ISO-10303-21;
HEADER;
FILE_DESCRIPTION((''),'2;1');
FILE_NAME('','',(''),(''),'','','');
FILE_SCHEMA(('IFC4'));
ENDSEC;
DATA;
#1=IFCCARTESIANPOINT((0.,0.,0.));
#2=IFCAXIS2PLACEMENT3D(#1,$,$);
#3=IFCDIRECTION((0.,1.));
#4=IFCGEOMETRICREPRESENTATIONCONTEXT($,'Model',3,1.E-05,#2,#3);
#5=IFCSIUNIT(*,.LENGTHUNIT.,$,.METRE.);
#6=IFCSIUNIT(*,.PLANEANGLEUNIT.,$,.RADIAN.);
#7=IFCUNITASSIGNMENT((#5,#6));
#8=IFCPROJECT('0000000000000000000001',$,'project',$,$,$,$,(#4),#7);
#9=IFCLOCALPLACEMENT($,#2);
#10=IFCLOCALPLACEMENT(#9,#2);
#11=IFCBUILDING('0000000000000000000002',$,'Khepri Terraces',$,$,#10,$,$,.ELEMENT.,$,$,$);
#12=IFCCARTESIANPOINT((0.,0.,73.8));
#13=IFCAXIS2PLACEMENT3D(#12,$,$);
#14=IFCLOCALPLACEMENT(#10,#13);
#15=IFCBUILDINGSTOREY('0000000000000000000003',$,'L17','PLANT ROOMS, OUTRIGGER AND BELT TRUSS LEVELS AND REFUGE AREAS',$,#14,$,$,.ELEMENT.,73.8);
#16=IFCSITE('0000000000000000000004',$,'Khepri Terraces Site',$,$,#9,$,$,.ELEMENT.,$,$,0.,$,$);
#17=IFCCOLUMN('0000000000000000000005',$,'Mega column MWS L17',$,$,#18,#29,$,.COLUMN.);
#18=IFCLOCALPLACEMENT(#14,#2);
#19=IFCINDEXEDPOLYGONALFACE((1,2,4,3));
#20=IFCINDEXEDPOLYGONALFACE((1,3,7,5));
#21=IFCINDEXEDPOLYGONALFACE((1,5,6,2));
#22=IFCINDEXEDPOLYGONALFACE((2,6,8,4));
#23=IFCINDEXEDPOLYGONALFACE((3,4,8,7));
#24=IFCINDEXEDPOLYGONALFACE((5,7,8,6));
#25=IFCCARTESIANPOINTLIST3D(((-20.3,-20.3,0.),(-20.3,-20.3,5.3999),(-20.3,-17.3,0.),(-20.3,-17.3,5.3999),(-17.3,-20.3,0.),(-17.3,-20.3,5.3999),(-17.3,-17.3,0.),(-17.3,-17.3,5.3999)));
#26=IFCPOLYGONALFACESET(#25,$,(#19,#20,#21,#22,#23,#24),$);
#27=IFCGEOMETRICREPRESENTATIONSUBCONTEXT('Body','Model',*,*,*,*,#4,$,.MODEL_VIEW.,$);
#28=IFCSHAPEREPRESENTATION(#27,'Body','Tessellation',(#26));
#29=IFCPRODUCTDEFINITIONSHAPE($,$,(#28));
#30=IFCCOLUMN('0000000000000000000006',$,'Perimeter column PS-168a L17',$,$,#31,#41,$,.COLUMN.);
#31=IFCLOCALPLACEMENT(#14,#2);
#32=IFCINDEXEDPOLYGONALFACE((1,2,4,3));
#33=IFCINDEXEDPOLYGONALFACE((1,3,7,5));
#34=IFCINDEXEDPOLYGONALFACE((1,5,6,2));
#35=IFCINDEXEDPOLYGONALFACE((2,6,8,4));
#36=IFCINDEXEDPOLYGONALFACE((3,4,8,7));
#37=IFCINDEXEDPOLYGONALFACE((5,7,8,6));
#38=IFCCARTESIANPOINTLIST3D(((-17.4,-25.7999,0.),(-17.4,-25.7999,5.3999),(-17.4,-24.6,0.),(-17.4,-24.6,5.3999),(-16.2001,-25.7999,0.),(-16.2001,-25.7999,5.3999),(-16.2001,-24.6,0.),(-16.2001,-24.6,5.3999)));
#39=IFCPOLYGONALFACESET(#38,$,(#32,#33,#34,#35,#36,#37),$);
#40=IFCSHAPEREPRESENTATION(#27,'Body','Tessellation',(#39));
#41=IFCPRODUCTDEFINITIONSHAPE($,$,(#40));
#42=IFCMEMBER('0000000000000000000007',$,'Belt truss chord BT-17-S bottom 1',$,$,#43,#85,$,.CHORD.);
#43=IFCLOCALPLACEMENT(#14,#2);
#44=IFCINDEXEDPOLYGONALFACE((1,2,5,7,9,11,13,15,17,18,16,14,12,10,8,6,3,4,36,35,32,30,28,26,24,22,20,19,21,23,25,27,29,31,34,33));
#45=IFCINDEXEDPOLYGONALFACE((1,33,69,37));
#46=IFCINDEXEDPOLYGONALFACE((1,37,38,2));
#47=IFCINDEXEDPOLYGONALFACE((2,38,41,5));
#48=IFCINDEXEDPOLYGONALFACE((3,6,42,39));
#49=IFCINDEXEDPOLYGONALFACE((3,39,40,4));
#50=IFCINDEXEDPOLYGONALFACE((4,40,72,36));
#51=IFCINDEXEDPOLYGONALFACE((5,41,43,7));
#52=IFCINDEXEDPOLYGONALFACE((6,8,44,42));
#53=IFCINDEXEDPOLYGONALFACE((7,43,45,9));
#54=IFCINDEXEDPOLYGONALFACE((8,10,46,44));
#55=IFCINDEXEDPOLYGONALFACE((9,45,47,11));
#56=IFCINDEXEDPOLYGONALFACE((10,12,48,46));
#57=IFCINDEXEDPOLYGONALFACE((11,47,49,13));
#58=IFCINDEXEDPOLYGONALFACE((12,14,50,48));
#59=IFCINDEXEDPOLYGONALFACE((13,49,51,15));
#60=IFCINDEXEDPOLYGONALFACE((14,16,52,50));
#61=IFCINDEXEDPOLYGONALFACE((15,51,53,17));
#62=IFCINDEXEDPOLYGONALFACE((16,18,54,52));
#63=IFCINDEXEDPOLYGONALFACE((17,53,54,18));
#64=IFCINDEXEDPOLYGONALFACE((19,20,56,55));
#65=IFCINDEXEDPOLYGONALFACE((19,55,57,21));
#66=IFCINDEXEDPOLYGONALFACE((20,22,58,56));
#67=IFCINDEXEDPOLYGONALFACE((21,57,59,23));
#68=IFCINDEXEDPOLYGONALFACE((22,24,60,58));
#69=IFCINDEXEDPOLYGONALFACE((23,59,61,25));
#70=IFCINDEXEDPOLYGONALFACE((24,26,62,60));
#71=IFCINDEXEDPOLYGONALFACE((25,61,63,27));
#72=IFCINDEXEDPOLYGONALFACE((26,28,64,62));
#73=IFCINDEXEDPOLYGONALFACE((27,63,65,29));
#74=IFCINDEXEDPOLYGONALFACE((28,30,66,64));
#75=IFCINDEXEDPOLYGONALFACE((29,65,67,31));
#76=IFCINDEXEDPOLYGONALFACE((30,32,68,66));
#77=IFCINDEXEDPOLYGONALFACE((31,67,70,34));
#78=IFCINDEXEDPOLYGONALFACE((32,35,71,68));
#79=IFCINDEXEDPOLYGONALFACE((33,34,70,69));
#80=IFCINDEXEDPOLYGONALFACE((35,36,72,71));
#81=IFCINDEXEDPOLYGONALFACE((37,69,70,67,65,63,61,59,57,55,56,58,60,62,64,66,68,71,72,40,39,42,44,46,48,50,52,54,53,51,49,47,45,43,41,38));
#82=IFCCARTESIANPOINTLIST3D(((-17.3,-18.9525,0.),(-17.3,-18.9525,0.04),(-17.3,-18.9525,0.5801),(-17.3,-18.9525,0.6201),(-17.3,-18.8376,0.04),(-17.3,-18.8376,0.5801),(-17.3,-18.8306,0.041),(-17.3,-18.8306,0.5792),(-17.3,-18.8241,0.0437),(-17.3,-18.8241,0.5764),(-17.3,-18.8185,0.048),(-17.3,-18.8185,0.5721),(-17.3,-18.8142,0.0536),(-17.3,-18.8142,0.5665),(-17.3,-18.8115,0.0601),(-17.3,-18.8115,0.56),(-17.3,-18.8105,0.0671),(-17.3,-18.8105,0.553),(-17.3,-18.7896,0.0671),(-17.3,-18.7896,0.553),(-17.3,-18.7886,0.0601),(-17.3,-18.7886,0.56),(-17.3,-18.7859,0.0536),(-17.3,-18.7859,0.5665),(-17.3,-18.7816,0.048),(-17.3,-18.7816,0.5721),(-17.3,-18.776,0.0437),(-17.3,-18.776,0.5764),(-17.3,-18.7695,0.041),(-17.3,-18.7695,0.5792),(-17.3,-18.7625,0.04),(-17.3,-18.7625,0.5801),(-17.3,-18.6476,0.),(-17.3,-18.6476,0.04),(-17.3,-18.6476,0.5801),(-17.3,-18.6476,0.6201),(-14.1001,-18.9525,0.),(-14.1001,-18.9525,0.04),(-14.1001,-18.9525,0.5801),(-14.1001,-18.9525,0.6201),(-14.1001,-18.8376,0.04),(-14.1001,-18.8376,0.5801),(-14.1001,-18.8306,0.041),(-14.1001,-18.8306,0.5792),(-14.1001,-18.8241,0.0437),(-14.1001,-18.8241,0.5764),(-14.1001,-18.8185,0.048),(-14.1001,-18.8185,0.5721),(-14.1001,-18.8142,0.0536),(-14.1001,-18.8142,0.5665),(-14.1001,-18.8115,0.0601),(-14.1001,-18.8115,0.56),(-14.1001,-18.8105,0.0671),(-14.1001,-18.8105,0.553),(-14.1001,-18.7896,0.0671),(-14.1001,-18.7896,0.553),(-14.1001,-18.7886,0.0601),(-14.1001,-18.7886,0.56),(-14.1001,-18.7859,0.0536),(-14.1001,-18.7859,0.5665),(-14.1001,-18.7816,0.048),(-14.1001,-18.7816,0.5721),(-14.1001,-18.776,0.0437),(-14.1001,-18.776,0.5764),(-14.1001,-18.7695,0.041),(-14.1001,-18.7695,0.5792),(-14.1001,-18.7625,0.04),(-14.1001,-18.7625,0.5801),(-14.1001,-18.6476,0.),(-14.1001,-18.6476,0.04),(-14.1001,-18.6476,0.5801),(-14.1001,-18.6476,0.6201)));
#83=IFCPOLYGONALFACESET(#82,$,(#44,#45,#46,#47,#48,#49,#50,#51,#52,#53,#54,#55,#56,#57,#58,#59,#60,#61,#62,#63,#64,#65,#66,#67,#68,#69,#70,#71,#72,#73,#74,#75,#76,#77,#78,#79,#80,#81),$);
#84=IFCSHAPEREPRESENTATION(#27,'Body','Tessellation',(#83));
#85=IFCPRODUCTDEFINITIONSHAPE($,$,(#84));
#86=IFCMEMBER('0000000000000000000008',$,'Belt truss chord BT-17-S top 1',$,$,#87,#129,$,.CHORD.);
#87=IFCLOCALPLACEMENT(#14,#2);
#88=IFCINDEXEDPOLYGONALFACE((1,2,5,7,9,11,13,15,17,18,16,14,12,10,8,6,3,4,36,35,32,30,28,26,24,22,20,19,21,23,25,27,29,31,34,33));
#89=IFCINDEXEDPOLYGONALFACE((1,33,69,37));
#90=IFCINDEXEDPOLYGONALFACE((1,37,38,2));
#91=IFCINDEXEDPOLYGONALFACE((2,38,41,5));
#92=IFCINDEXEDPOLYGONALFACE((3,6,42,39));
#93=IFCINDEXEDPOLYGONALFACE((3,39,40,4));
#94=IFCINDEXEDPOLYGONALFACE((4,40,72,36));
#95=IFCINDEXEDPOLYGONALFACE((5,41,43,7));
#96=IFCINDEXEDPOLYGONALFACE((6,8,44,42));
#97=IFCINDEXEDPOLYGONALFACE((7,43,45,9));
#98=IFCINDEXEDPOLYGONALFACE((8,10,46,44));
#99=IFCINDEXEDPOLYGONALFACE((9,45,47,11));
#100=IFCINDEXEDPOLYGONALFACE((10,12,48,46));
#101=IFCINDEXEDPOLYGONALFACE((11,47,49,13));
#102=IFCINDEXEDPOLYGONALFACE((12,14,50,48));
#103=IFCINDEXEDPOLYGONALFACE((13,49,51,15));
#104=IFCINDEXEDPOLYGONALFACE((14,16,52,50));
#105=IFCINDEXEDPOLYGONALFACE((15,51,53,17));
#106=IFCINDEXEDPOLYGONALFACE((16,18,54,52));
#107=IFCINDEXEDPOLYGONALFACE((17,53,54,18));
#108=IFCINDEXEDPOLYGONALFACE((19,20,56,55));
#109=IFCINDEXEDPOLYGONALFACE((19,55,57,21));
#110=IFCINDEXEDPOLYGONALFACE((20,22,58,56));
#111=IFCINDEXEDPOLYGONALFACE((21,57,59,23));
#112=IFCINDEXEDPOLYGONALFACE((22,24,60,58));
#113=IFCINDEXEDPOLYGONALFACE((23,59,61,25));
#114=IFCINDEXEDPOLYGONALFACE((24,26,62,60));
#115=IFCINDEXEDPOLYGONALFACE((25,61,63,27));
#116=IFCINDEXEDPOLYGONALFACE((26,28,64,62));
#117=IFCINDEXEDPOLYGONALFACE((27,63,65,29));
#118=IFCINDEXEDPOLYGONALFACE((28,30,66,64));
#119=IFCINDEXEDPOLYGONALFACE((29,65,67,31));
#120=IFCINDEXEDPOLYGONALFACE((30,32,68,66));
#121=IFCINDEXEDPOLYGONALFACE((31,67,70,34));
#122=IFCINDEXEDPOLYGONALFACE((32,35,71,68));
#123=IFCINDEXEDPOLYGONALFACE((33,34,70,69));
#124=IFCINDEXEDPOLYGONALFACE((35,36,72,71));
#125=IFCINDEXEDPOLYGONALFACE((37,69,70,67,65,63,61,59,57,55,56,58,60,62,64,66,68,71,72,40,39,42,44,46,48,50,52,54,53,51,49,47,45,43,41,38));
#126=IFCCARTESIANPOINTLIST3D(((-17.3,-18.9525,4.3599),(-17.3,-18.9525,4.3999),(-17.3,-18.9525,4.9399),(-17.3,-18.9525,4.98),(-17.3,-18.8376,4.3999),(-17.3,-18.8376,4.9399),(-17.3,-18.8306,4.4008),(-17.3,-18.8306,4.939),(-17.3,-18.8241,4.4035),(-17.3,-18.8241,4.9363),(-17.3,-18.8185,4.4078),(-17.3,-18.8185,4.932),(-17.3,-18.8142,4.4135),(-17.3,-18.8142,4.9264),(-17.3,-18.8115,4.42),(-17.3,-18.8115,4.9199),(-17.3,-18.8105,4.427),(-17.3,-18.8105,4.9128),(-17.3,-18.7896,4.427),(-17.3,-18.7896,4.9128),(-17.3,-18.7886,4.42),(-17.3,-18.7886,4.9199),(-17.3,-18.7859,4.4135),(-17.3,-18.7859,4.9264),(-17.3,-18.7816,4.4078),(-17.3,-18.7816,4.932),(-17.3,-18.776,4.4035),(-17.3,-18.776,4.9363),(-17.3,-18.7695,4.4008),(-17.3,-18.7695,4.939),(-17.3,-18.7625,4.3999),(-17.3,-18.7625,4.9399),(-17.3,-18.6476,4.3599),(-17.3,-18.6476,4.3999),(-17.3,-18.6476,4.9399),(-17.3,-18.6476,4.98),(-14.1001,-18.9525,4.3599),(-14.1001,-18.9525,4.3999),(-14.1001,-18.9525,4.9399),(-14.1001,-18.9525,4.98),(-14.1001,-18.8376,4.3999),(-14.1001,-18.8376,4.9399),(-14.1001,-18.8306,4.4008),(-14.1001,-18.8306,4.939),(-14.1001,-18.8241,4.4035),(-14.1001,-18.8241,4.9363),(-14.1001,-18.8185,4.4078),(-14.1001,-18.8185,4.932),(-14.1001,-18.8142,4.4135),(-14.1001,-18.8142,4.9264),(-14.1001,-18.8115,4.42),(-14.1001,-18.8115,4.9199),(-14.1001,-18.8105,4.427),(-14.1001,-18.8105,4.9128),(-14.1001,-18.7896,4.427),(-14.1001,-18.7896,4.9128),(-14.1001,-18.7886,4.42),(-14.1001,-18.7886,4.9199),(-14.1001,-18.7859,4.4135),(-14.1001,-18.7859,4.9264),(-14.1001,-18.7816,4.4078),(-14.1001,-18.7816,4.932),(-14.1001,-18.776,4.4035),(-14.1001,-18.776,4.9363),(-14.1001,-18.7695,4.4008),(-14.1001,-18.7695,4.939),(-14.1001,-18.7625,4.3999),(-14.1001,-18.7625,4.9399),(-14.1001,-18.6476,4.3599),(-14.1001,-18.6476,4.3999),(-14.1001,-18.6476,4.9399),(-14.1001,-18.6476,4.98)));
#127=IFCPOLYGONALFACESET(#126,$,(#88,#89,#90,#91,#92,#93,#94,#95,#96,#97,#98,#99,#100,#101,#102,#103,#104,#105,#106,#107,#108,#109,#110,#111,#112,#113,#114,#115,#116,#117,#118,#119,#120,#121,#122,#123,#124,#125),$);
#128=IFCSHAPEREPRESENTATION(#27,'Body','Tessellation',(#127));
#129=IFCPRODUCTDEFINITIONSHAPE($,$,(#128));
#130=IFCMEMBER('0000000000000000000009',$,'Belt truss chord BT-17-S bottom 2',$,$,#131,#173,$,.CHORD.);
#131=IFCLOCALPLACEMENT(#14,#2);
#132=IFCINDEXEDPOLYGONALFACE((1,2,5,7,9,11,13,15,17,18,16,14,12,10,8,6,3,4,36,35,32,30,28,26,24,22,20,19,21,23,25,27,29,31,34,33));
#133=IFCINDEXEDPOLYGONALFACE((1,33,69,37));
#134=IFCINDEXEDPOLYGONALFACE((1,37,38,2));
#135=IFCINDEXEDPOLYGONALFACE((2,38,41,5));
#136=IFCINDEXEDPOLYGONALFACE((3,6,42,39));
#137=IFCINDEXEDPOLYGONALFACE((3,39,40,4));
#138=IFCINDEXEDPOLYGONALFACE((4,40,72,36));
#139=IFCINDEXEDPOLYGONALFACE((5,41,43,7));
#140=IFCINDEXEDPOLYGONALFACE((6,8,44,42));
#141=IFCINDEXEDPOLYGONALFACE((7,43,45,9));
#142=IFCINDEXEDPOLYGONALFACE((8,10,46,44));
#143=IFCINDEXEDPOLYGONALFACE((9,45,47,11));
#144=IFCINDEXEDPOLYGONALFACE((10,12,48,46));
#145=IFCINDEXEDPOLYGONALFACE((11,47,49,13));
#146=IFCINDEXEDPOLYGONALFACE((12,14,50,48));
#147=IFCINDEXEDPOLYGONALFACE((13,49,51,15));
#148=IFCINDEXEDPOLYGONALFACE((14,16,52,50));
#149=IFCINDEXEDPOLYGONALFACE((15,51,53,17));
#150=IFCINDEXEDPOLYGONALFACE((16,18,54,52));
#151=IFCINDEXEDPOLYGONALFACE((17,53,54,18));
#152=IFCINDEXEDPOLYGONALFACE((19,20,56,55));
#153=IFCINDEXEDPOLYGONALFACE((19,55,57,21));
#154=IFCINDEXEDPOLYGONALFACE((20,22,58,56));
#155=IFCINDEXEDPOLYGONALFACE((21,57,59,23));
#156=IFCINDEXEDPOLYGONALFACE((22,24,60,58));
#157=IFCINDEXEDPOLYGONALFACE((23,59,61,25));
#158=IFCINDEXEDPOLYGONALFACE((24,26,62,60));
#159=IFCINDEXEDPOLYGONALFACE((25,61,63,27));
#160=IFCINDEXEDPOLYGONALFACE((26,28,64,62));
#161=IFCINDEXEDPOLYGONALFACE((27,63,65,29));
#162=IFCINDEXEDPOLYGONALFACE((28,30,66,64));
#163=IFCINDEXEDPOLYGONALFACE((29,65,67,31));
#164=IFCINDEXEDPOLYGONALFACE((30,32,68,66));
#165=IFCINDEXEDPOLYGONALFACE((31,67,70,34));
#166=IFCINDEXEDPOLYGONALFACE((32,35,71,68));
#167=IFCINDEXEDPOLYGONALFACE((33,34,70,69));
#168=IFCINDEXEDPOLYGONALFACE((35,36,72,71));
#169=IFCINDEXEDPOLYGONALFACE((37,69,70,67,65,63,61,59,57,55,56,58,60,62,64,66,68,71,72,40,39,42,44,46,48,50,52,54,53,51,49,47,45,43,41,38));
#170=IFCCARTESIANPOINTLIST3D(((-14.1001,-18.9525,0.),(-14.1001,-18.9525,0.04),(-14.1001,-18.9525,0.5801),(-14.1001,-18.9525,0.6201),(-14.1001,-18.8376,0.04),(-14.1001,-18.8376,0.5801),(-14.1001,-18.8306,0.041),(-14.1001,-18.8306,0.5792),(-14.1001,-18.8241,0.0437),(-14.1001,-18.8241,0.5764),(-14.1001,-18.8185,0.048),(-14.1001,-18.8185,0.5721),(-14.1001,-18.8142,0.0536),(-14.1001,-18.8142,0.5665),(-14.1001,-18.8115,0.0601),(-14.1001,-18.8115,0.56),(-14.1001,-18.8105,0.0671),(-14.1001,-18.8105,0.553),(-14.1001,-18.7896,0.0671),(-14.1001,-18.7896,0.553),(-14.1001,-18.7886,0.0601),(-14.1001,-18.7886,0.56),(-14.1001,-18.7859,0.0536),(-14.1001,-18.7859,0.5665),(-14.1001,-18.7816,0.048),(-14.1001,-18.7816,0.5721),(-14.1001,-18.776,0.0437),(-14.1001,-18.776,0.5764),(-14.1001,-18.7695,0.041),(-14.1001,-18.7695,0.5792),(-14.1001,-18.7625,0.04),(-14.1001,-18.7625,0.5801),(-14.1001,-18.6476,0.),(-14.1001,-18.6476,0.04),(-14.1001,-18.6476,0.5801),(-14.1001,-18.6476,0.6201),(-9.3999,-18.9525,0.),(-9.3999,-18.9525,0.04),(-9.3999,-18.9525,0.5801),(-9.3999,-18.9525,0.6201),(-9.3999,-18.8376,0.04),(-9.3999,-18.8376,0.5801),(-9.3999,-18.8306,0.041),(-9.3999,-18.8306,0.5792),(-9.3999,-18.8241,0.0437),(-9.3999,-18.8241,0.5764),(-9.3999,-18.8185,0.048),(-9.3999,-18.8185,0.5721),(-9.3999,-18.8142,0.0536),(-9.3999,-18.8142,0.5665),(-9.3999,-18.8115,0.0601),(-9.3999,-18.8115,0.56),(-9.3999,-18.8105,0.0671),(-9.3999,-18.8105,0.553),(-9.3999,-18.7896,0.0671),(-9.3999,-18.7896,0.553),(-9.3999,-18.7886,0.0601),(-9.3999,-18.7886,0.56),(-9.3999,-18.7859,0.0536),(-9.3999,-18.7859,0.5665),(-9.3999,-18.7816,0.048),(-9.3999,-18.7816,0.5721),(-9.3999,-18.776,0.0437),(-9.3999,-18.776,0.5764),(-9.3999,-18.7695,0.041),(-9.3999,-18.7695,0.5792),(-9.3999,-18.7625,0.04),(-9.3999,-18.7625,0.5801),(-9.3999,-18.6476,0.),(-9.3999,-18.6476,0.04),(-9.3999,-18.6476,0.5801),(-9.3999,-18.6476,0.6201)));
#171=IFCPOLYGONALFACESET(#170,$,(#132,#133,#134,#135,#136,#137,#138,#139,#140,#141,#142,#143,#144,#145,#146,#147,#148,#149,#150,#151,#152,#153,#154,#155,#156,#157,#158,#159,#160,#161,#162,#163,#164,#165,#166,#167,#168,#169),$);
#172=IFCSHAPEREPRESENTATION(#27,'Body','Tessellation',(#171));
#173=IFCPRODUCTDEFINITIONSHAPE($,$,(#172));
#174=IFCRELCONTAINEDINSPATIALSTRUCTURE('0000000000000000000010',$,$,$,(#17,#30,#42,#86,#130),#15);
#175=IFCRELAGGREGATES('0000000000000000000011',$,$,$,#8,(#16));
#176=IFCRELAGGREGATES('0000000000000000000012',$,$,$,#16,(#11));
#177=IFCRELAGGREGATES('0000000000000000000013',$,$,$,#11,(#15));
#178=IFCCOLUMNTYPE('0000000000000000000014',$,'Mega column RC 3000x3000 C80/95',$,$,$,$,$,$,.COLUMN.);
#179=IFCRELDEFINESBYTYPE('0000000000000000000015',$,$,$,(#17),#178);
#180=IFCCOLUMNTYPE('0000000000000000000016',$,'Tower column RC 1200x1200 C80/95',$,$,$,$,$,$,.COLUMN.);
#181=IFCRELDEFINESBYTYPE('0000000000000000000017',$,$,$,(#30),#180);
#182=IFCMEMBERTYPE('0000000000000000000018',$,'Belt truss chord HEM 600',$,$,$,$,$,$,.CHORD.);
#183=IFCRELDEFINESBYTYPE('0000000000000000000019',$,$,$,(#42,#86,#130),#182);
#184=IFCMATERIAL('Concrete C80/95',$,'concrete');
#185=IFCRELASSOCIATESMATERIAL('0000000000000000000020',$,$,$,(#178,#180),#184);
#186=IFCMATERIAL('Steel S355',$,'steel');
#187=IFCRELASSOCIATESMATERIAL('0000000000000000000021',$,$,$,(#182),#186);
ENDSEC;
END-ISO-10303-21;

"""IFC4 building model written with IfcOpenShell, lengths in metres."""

from ifc_helpers import new_model, si_unit, direction, frame, origin, origin_2d, place, context, subcontext, project, spatial, rectangle, i_section, extrude, material, material_profile, profile_set, type_object, element, save


model = new_model("IFC4")

# Units and contexts
model_context = context("Model", 3, precision=1e-05, world=origin(), true_north=direction((0.0, 1.0)))
body_context = subcontext(model_context, "Body", "Model", "MODEL_VIEW")
ifc_project = project(units=[si_unit("LENGTHUNIT", "METRE"), si_unit("PLANEANGLEUNIT", "RADIAN")], contexts=[model_context])

# Site, building, storey
site_placement = place(None, origin())
site = spatial("IfcSite", under=ifc_project, at=site_placement, Name="Khepri Terraces Site", CompositionType="ELEMENT", RefElevation=0.0)
building_placement = place(site_placement, origin())
building = spatial("IfcBuilding", under=site, at=building_placement, Name="Khepri Terraces", CompositionType="ELEMENT")
storey_placement = place(building_placement, frame((0.0, 0.0, 73.8)))
storey = spatial("IfcBuildingStorey", under=building, at=storey_placement, Name="L17", Description="PLANT ROOMS, OUTRIGGER AND BELT TRUSS LEVELS AND REFUGE AREAS", CompositionType="ELEMENT", Elevation=73.8)

# Columns
ifc_material_1 = material(Name="Concrete C80/95", Category="concrete")
ifc_material_profile_1 = material_profile(ifc_material_1, rectangle(XDim=3.0, YDim=3.0, at=origin_2d()), Name="Concrete C80/95", Category="concrete")
ifc_profile_set_1 = profile_set([ifc_material_profile_1], Name="Concrete C80/95")
column_type_1 = type_object("IfcColumnType", Name="Mega column RC 3000x3000 C80/95", PredefinedType="COLUMN", material=ifc_profile_set_1)
column_1_placement = place(storey_placement, frame((-18.8, -18.8, 0.0), z_axis=(0.0, 0.0, 1.0), x_axis=(1.0, 0.0, 0.0)))
element("IfcColumn", 1, at=column_1_placement, inside=storey, type_object=column_type_1, Name="Mega column MWS L17", PredefinedType="COLUMN", context=body_context, shape_type="SweptSolid", body=[
    extrude(rectangle(XDim=3.0, YDim=3.0, at=origin_2d()), origin(), (0.0, 0.0, 1.0), 5.3999),
])
ifc_material_profile_2 = material_profile(ifc_material_1, rectangle(XDim=1.2, YDim=1.2, at=origin_2d()), Name="Concrete C80/95", Category="concrete")
ifc_profile_set_2 = profile_set([ifc_material_profile_2], Name="Concrete C80/95")
column_type_2 = type_object("IfcColumnType", Name="Tower column RC 1200x1200 C80/95", PredefinedType="COLUMN", material=ifc_profile_set_2)
column_2_placement = place(storey_placement, frame((-16.8, -25.2, 0.0), z_axis=(0.0, 0.0, 1.0), x_axis=(1.0, 0.0, 0.0)))
element("IfcColumn", 2, at=column_2_placement, inside=storey, type_object=column_type_2, Name="Perimeter column PS-168a L17", PredefinedType="COLUMN", context=body_context, shape_type="SweptSolid", body=[
    extrude(rectangle(XDim=1.2, YDim=1.2, at=origin_2d()), origin(), (0.0, 0.0, 1.0), 5.3999),
])

# Members
ifc_material_2 = material(Name="Steel S355", Category="steel")
ifc_material_profile_3 = material_profile(ifc_material_2, i_section(OverallWidth=0.3049, OverallDepth=0.6201, WebThickness=0.021, FlangeThickness=0.04, FilletRadius=0.0271, at=origin_2d()), Name="Steel S355", Category="steel")
ifc_profile_set_3 = profile_set([ifc_material_profile_3], Name="Steel S355")
member_type_1 = type_object("IfcMemberType", Name="Belt truss chord HEM 600", PredefinedType="CHORD", material=ifc_profile_set_3)
for number, where, z_axis, x_axis, name in (
    (3, (-17.3, -18.8, 0.3101), (1.0, 0.0, 0.0), (0.0, 1.0, 0.0), "Belt truss chord BT-17-S bottom 1"),
    (4, (-17.3, -18.8, 4.6699), (1.0, 0.0, 0.0), (0.0, 1.0, 0.0), "Belt truss chord BT-17-S top 1"),
):
    element("IfcMember", number, at=place(storey_placement, frame(where, z_axis=z_axis, x_axis=x_axis)), inside=storey, type_object=member_type_1, Name=name, PredefinedType="CHORD", context=body_context, shape_type="SweptSolid", body=[
        extrude(i_section(OverallWidth=0.3049, OverallDepth=0.6201, WebThickness=0.021, FlangeThickness=0.04, FilletRadius=0.0271, at=origin_2d()), origin(), (0.0, 0.0, 1.0), 3.2),
    ])
for number, where, z_axis, x_axis, name in (
    (5, (-14.1001, -18.8, 0.3101), (1.0, 0.0, 0.0), (0.0, 1.0, 0.0), "Belt truss chord BT-17-S bottom 2"),
):
    element("IfcMember", number, at=place(storey_placement, frame(where, z_axis=z_axis, x_axis=x_axis)), inside=storey, type_object=member_type_1, Name=name, PredefinedType="CHORD", context=body_context, shape_type="SweptSolid", body=[
        extrude(i_section(OverallWidth=0.3049, OverallDepth=0.6201, WebThickness=0.021, FlangeThickness=0.04, FilletRadius=0.0271, at=origin_2d()), origin(), (0.0, 0.0, 1.0), 4.7002),
    ])

save(model, "model.ifc")
